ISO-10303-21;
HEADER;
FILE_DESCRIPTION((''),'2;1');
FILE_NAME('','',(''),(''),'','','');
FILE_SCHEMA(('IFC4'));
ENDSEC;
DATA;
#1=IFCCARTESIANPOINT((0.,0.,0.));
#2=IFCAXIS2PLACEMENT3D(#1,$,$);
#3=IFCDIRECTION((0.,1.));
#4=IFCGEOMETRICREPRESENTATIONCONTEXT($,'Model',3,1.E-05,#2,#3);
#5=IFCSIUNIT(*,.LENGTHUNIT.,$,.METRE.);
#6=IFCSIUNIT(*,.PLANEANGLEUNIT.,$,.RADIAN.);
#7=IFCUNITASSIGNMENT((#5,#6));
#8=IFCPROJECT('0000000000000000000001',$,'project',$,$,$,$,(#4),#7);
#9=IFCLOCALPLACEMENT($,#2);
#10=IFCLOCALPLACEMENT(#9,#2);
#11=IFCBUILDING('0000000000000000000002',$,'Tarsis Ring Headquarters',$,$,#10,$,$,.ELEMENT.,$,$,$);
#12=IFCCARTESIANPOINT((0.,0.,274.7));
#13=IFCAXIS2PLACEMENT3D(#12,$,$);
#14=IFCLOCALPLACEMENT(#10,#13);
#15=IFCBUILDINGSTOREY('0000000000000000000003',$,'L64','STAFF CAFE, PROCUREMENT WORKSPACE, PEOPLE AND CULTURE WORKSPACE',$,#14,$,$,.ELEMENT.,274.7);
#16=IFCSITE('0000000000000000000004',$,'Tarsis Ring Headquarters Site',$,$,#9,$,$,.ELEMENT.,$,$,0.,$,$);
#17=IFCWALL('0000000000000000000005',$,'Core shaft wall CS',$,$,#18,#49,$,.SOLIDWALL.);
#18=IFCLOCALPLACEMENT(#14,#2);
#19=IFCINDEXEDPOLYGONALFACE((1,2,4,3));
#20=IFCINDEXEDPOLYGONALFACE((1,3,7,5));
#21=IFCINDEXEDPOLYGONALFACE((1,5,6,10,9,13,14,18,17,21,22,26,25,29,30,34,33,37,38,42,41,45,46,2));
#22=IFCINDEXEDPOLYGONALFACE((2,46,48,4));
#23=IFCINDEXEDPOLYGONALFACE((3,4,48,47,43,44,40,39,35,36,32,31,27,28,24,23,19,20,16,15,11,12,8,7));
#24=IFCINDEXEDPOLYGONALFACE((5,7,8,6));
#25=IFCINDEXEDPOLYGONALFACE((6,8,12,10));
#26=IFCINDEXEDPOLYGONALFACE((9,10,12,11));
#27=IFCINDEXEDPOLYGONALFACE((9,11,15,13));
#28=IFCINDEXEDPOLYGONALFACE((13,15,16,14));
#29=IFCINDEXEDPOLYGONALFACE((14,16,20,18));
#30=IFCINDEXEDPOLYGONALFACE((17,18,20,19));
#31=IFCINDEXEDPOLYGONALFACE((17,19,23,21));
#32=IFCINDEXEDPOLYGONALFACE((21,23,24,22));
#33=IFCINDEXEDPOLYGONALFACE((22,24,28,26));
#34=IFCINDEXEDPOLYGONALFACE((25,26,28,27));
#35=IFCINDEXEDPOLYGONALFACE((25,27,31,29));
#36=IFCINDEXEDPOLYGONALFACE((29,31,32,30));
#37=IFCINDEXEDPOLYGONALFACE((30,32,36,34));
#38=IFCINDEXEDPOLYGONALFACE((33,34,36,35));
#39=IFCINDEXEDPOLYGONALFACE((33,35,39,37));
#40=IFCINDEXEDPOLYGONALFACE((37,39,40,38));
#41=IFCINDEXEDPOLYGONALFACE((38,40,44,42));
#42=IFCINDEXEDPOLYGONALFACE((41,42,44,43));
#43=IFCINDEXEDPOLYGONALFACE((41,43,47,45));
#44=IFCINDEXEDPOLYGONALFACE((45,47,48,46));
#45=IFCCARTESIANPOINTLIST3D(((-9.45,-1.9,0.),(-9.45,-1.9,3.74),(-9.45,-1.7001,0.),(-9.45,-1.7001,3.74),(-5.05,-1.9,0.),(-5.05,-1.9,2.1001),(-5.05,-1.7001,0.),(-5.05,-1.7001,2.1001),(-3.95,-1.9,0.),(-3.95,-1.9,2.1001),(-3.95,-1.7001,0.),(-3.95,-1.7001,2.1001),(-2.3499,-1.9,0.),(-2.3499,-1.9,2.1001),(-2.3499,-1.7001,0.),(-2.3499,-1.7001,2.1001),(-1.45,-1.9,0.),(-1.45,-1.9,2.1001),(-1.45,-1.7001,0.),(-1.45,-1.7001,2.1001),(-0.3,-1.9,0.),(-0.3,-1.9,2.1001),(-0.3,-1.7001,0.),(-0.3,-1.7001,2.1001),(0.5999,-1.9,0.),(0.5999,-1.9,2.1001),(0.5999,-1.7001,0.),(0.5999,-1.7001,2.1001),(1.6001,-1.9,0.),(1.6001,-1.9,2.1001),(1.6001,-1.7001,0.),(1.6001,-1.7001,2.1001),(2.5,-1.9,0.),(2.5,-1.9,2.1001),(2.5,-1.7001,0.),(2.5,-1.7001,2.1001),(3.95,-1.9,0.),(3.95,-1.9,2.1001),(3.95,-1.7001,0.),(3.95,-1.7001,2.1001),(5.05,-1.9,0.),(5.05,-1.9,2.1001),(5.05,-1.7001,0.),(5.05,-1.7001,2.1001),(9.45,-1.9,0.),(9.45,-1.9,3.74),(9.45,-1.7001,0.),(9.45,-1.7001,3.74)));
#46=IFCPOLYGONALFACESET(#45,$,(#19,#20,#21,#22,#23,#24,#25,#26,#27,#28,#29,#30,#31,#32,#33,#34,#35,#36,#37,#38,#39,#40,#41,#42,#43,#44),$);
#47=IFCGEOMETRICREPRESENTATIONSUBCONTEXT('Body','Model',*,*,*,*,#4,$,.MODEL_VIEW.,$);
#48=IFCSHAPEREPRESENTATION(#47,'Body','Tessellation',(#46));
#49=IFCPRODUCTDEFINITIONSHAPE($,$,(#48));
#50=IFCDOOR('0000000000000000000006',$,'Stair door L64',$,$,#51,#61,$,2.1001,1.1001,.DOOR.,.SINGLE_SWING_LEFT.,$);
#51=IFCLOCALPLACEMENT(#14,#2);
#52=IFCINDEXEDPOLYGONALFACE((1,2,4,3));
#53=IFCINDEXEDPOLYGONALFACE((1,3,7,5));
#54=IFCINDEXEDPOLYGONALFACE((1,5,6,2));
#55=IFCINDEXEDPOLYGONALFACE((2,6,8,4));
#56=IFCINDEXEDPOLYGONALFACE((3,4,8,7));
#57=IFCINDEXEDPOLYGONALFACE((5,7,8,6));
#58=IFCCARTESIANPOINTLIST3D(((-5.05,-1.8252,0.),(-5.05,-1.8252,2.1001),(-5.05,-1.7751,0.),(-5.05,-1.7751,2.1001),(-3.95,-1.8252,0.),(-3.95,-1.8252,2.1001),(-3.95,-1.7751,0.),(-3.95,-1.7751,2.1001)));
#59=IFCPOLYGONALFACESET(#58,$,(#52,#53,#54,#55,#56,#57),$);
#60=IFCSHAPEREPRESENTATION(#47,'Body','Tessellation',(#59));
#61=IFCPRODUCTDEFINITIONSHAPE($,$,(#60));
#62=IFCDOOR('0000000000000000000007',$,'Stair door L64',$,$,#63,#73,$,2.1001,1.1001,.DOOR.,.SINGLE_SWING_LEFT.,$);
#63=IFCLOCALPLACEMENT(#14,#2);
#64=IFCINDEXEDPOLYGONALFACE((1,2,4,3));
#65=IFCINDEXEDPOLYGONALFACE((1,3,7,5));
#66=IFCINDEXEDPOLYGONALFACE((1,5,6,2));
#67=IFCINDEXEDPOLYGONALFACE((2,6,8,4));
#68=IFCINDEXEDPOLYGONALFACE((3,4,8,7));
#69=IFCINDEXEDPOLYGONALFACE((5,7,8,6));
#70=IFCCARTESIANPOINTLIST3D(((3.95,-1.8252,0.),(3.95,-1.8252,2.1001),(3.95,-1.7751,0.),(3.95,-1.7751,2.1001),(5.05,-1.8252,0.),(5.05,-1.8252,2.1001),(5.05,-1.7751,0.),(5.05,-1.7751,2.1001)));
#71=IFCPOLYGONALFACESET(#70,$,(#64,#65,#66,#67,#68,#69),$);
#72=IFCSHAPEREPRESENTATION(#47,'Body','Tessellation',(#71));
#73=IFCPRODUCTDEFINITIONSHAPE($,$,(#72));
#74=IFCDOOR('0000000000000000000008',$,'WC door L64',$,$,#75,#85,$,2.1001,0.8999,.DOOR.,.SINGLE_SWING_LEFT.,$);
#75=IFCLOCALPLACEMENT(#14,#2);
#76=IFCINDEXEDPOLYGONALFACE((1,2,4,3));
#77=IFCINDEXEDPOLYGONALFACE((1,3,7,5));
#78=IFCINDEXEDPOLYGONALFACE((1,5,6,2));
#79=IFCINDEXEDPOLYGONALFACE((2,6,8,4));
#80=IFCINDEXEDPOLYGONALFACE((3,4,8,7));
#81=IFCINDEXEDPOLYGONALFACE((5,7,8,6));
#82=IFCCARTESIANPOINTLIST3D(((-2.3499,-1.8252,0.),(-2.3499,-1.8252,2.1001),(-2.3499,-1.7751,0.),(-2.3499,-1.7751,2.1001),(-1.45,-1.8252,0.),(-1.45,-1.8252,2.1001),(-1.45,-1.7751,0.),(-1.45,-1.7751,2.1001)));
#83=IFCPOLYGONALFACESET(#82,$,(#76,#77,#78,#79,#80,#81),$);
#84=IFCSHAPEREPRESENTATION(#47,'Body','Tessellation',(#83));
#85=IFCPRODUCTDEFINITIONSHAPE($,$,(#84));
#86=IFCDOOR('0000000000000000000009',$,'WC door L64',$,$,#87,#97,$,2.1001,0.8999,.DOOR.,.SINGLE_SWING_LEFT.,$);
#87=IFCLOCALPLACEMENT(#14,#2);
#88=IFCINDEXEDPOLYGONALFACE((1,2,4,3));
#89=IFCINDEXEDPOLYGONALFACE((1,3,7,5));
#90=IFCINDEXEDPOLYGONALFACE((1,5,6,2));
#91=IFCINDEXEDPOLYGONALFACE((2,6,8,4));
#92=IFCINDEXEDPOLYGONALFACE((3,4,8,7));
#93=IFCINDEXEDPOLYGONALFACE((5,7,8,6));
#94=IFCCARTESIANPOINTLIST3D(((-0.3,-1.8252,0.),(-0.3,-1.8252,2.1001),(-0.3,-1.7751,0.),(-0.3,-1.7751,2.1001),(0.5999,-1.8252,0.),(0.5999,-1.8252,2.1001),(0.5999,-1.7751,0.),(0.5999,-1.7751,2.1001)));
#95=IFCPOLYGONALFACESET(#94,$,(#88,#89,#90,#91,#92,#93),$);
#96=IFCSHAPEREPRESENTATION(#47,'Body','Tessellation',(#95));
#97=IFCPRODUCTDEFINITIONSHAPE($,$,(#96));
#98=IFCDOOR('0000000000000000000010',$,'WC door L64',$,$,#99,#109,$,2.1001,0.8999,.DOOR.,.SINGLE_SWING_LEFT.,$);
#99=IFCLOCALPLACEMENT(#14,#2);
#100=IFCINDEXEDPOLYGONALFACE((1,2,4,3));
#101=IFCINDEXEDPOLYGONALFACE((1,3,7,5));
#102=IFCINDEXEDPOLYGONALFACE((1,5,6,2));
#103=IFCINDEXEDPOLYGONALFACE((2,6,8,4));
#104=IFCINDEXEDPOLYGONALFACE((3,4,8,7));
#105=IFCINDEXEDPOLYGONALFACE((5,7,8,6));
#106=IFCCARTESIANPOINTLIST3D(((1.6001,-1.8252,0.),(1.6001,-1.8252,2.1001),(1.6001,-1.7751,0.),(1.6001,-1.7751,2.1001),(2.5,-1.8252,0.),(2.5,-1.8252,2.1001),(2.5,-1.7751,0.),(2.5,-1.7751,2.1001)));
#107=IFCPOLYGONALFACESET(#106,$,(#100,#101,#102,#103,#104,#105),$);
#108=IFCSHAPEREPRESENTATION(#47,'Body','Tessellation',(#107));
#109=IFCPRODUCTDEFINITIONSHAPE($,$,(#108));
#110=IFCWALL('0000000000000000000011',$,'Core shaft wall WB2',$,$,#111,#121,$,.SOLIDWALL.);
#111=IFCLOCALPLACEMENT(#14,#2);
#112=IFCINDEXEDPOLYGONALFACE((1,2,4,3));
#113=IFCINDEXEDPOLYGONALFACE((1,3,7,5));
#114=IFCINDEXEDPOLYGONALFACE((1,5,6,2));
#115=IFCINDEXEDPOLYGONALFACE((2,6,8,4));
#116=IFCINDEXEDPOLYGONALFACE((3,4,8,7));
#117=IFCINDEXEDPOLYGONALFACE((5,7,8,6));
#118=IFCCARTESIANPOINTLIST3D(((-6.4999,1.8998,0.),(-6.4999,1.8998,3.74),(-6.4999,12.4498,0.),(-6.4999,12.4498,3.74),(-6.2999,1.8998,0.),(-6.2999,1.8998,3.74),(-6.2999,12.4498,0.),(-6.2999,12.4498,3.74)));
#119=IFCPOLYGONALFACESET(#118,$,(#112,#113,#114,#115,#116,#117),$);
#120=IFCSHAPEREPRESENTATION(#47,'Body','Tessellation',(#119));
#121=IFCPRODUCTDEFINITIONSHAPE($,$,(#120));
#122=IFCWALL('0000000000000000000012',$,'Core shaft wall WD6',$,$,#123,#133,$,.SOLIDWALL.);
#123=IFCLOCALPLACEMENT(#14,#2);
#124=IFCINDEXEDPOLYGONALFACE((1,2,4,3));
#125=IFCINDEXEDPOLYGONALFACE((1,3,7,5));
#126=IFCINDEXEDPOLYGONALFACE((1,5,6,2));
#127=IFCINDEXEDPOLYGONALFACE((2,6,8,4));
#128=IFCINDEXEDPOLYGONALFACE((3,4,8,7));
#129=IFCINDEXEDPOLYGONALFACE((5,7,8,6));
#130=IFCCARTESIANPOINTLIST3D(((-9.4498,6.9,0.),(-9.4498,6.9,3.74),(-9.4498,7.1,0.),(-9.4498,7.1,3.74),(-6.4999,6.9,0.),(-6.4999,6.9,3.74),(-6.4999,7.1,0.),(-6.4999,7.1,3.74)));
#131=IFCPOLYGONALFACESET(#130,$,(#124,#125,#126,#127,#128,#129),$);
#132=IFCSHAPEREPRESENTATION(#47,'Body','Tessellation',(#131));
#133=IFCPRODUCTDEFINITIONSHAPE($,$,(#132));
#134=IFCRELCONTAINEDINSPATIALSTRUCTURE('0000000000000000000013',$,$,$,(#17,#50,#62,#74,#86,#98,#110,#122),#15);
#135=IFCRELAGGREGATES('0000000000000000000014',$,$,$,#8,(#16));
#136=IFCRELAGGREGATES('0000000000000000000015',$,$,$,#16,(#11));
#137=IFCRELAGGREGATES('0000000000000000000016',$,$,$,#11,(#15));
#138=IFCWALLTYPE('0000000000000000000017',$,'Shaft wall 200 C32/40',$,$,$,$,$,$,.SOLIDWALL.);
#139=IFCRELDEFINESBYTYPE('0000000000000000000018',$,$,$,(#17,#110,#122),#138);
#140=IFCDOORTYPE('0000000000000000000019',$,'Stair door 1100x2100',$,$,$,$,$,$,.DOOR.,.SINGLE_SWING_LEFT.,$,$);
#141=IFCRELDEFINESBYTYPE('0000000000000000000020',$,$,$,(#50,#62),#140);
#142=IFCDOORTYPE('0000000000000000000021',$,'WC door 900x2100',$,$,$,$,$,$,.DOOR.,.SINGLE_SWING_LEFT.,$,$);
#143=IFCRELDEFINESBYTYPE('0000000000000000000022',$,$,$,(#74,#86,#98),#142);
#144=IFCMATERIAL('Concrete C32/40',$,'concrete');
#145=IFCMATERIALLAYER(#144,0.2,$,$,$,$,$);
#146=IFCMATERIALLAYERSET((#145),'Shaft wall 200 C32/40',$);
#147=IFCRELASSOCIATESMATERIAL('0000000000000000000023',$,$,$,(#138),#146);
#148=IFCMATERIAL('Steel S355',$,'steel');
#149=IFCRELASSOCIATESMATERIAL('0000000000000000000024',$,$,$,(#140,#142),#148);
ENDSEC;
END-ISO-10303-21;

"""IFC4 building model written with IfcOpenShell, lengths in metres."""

from ifc_helpers import new_model, si_unit, direction, frame, frame_2d, origin, place, context, subcontext, project, spatial, rectangle, extrude, material, layer, layer_set, type_object, element, fill, save


model = new_model("IFC4")

# Units and contexts
model_context = context("Model", 3, precision=1e-05, world=origin(), true_north=direction((0.0, 1.0)))
body_context = subcontext(model_context, "Body", "Model", "MODEL_VIEW")
ifc_project = project(units=[si_unit("LENGTHUNIT", "METRE"), si_unit("PLANEANGLEUNIT", "RADIAN")], contexts=[model_context])

# Site, building, storey
site_placement = place(None, origin())
site = spatial("IfcSite", under=ifc_project, at=site_placement, Name="Tarsis Ring Headquarters Site", CompositionType="ELEMENT", RefElevation=0.0)
building_placement = place(site_placement, origin())
building = spatial("IfcBuilding", under=site, at=building_placement, Name="Tarsis Ring Headquarters", CompositionType="ELEMENT")
storey_placement = place(building_placement, frame((0.0, 0.0, 274.7)))
storey = spatial("IfcBuildingStorey", under=building, at=storey_placement, Name="L64", Description="STAFF CAFE, PROCUREMENT WORKSPACE, PEOPLE AND CULTURE WORKSPACE", CompositionType="ELEMENT", Elevation=274.7)

# Wall, openings, doors
ifc_material_1 = material(Name="Concrete C32/40", Category="concrete")
ifc_layer_1 = layer(ifc_material_1, 0.2)
ifc_layer_set_1 = layer_set([ifc_layer_1], Name="Shaft wall 200 C32/40")
wall_type_1 = type_object("IfcWallType", Name="Shaft wall 200 C32/40", PredefinedType="SOLIDWALL", material=ifc_layer_set_1)
ifc_material_2 = material(Name="Steel S355", Category="steel")
door_type_1 = type_object("IfcDoorType", Name="Stair door 1100x2100", OperationType="SINGLE_SWING_LEFT", PredefinedType="DOOR", material=ifc_material_2)
wall_1_placement = place(storey_placement, frame((-9.45, -1.8, 0.0), z_axis=(0.0, 0.0, 1.0), x_axis=(1.0, 0.0, 0.0)))
wall_1 = element("IfcWall", 1, at=wall_1_placement, inside=storey, type_object=wall_type_1, Name="Core shaft wall CS", PredefinedType="SOLIDWALL", context=body_context, shape_type="SweptSolid", body=[
    extrude(rectangle(XDim=18.8999, YDim=0.2, at=frame_2d((9.45, 0.0))), origin(), (0.0, 0.0, 1.0), 3.74),
])
opening_1_placement = place(wall_1_placement, frame((4.3999, 0.0, 0.0)))
opening_1 = element("IfcOpeningElement", 2, at=opening_1_placement, cuts=wall_1, PredefinedType="OPENING", context=body_context, shape_type="SweptSolid", body=[
    extrude(rectangle(XDim=1.1001, YDim=2.1001, at=frame_2d((0.55, 1.05))), frame((0.0, 0.1099, 0.0), z_axis=(0.0, -1.0, 0.0), x_axis=(1.0, 0.0, 0.0)), (0.0, 0.0, 1.0), 0.22),
])
opening_2_placement = place(wall_1_placement, frame((7.1001, 0.0, 0.0)))
opening_2 = element("IfcOpeningElement", 3, at=opening_2_placement, cuts=wall_1, PredefinedType="OPENING", context=body_context, shape_type="SweptSolid", body=[
    extrude(rectangle(XDim=0.8999, YDim=2.1001, at=frame_2d((0.45, 1.05))), frame((0.0, 0.1099, 0.0), z_axis=(0.0, -1.0, 0.0), x_axis=(1.0, 0.0, 0.0)), (0.0, 0.0, 1.0), 0.22),
])
opening_3_placement = place(wall_1_placement, frame((9.1499, 0.0, 0.0)))
opening_3 = element("IfcOpeningElement", 4, at=opening_3_placement, cuts=wall_1, PredefinedType="OPENING", context=body_context, shape_type="SweptSolid", body=[
    extrude(rectangle(XDim=0.8999, YDim=2.1001, at=frame_2d((0.45, 1.05))), frame((0.0, 0.1099, 0.0), z_axis=(0.0, -1.0, 0.0), x_axis=(1.0, 0.0, 0.0)), (0.0, 0.0, 1.0), 0.22),
])
opening_4_placement = place(wall_1_placement, frame((11.05, 0.0, 0.0)))
opening_4 = element("IfcOpeningElement", 5, at=opening_4_placement, cuts=wall_1, PredefinedType="OPENING", context=body_context, shape_type="SweptSolid", body=[
    extrude(rectangle(XDim=0.8999, YDim=2.1001, at=frame_2d((0.45, 1.05))), frame((0.0, 0.1099, 0.0), z_axis=(0.0, -1.0, 0.0), x_axis=(1.0, 0.0, 0.0)), (0.0, 0.0, 1.0), 0.22),
])
opening_5_placement = place(wall_1_placement, frame((13.3999, 0.0, 0.0)))
opening_5 = element("IfcOpeningElement", 6, at=opening_5_placement, cuts=wall_1, PredefinedType="OPENING", context=body_context, shape_type="SweptSolid", body=[
    extrude(rectangle(XDim=1.1001, YDim=2.1001, at=frame_2d((0.55, 1.05))), frame((0.0, 0.1099, 0.0), z_axis=(0.0, -1.0, 0.0), x_axis=(1.0, 0.0, 0.0)), (0.0, 0.0, 1.0), 0.22),
])
door_1_placement = place(opening_1_placement, origin())
door_1 = element("IfcDoor", 7, at=door_1_placement, inside=storey, type_object=door_type_1, Name="Stair door L64", OperationType="SINGLE_SWING_LEFT", OverallHeight=2.1001, OverallWidth=1.1001, PredefinedType="DOOR", context=body_context, shape_type="SweptSolid", body=[
    extrude(rectangle(XDim=1.1001, YDim=2.1001, at=frame_2d((0.55, 1.05))), frame((0.0, 0.0249, 0.0), z_axis=(0.0, -1.0, 0.0), x_axis=(1.0, 0.0, 0.0)), (0.0, 0.0, 1.0), 0.05),
])
fill(opening_1, door_1)
door_2_placement = place(opening_5_placement, origin())
door_2 = element("IfcDoor", 8, at=door_2_placement, inside=storey, type_object=door_type_1, Name="Stair door L64", OperationType="SINGLE_SWING_LEFT", OverallHeight=2.1001, OverallWidth=1.1001, PredefinedType="DOOR", context=body_context, shape_type="SweptSolid", body=[
    extrude(rectangle(XDim=1.1001, YDim=2.1001, at=frame_2d((0.55, 1.05))), frame((0.0, 0.0249, 0.0), z_axis=(0.0, -1.0, 0.0), x_axis=(1.0, 0.0, 0.0)), (0.0, 0.0, 1.0), 0.05),
])
fill(opening_5, door_2)
door_type_2 = type_object("IfcDoorType", Name="WC door 900x2100", OperationType="SINGLE_SWING_LEFT", PredefinedType="DOOR", material=ifc_material_2)
door_3_placement = place(opening_2_placement, origin())
door_3 = element("IfcDoor", 9, at=door_3_placement, inside=storey, type_object=door_type_2, Name="WC door L64", OperationType="SINGLE_SWING_LEFT", OverallHeight=2.1001, OverallWidth=0.8999, PredefinedType="DOOR", context=body_context, shape_type="SweptSolid", body=[
    extrude(rectangle(XDim=0.8999, YDim=2.1001, at=frame_2d((0.45, 1.05))), frame((0.0, 0.0249, 0.0), z_axis=(0.0, -1.0, 0.0), x_axis=(1.0, 0.0, 0.0)), (0.0, 0.0, 1.0), 0.05),
])
fill(opening_2, door_3)
door_4_placement = place(opening_3_placement, origin())
door_4 = element("IfcDoor", 10, at=door_4_placement, inside=storey, type_object=door_type_2, Name="WC door L64", OperationType="SINGLE_SWING_LEFT", OverallHeight=2.1001, OverallWidth=0.8999, PredefinedType="DOOR", context=body_context, shape_type="SweptSolid", body=[
    extrude(rectangle(XDim=0.8999, YDim=2.1001, at=frame_2d((0.45, 1.05))), frame((0.0, 0.0249, 0.0), z_axis=(0.0, -1.0, 0.0), x_axis=(1.0, 0.0, 0.0)), (0.0, 0.0, 1.0), 0.05),
])
fill(opening_3, door_4)
door_5_placement = place(opening_4_placement, origin())
door_5 = element("IfcDoor", 11, at=door_5_placement, inside=storey, type_object=door_type_2, Name="WC door L64", OperationType="SINGLE_SWING_LEFT", OverallHeight=2.1001, OverallWidth=0.8999, PredefinedType="DOOR", context=body_context, shape_type="SweptSolid", body=[
    extrude(rectangle(XDim=0.8999, YDim=2.1001, at=frame_2d((0.45, 1.05))), frame((0.0, 0.0249, 0.0), z_axis=(0.0, -1.0, 0.0), x_axis=(1.0, 0.0, 0.0)), (0.0, 0.0, 1.0), 0.05),
])
fill(opening_4, door_5)

# Walls
wall_2_placement = place(storey_placement, frame((-6.3999, 1.8999, 0.0), z_axis=(0.0, 0.0, 1.0), x_axis=(0.0, 1.0, 0.0)))
element("IfcWall", 12, at=wall_2_placement, inside=storey, type_object=wall_type_1, Name="Core shaft wall WB2", PredefinedType="SOLIDWALL", context=body_context, shape_type="SweptSolid", body=[
    extrude(rectangle(XDim=10.55, YDim=0.2, at=frame_2d((5.2749, 0.0))), origin(), (0.0, 0.0, 1.0), 3.74),
])
wall_3_placement = place(storey_placement, frame((-9.45, 7.0, 0.0), z_axis=(0.0, 0.0, 1.0), x_axis=(1.0, 0.0, 0.0)))
element("IfcWall", 13, at=wall_3_placement, inside=storey, type_object=wall_type_1, Name="Core shaft wall WD6", PredefinedType="SOLIDWALL", context=body_context, shape_type="SweptSolid", body=[
    extrude(rectangle(XDim=2.95, YDim=0.2, at=frame_2d((1.4751, 0.0))), origin(), (0.0, 0.0, 1.0), 3.74),
])

save(model, "model.ifc")
